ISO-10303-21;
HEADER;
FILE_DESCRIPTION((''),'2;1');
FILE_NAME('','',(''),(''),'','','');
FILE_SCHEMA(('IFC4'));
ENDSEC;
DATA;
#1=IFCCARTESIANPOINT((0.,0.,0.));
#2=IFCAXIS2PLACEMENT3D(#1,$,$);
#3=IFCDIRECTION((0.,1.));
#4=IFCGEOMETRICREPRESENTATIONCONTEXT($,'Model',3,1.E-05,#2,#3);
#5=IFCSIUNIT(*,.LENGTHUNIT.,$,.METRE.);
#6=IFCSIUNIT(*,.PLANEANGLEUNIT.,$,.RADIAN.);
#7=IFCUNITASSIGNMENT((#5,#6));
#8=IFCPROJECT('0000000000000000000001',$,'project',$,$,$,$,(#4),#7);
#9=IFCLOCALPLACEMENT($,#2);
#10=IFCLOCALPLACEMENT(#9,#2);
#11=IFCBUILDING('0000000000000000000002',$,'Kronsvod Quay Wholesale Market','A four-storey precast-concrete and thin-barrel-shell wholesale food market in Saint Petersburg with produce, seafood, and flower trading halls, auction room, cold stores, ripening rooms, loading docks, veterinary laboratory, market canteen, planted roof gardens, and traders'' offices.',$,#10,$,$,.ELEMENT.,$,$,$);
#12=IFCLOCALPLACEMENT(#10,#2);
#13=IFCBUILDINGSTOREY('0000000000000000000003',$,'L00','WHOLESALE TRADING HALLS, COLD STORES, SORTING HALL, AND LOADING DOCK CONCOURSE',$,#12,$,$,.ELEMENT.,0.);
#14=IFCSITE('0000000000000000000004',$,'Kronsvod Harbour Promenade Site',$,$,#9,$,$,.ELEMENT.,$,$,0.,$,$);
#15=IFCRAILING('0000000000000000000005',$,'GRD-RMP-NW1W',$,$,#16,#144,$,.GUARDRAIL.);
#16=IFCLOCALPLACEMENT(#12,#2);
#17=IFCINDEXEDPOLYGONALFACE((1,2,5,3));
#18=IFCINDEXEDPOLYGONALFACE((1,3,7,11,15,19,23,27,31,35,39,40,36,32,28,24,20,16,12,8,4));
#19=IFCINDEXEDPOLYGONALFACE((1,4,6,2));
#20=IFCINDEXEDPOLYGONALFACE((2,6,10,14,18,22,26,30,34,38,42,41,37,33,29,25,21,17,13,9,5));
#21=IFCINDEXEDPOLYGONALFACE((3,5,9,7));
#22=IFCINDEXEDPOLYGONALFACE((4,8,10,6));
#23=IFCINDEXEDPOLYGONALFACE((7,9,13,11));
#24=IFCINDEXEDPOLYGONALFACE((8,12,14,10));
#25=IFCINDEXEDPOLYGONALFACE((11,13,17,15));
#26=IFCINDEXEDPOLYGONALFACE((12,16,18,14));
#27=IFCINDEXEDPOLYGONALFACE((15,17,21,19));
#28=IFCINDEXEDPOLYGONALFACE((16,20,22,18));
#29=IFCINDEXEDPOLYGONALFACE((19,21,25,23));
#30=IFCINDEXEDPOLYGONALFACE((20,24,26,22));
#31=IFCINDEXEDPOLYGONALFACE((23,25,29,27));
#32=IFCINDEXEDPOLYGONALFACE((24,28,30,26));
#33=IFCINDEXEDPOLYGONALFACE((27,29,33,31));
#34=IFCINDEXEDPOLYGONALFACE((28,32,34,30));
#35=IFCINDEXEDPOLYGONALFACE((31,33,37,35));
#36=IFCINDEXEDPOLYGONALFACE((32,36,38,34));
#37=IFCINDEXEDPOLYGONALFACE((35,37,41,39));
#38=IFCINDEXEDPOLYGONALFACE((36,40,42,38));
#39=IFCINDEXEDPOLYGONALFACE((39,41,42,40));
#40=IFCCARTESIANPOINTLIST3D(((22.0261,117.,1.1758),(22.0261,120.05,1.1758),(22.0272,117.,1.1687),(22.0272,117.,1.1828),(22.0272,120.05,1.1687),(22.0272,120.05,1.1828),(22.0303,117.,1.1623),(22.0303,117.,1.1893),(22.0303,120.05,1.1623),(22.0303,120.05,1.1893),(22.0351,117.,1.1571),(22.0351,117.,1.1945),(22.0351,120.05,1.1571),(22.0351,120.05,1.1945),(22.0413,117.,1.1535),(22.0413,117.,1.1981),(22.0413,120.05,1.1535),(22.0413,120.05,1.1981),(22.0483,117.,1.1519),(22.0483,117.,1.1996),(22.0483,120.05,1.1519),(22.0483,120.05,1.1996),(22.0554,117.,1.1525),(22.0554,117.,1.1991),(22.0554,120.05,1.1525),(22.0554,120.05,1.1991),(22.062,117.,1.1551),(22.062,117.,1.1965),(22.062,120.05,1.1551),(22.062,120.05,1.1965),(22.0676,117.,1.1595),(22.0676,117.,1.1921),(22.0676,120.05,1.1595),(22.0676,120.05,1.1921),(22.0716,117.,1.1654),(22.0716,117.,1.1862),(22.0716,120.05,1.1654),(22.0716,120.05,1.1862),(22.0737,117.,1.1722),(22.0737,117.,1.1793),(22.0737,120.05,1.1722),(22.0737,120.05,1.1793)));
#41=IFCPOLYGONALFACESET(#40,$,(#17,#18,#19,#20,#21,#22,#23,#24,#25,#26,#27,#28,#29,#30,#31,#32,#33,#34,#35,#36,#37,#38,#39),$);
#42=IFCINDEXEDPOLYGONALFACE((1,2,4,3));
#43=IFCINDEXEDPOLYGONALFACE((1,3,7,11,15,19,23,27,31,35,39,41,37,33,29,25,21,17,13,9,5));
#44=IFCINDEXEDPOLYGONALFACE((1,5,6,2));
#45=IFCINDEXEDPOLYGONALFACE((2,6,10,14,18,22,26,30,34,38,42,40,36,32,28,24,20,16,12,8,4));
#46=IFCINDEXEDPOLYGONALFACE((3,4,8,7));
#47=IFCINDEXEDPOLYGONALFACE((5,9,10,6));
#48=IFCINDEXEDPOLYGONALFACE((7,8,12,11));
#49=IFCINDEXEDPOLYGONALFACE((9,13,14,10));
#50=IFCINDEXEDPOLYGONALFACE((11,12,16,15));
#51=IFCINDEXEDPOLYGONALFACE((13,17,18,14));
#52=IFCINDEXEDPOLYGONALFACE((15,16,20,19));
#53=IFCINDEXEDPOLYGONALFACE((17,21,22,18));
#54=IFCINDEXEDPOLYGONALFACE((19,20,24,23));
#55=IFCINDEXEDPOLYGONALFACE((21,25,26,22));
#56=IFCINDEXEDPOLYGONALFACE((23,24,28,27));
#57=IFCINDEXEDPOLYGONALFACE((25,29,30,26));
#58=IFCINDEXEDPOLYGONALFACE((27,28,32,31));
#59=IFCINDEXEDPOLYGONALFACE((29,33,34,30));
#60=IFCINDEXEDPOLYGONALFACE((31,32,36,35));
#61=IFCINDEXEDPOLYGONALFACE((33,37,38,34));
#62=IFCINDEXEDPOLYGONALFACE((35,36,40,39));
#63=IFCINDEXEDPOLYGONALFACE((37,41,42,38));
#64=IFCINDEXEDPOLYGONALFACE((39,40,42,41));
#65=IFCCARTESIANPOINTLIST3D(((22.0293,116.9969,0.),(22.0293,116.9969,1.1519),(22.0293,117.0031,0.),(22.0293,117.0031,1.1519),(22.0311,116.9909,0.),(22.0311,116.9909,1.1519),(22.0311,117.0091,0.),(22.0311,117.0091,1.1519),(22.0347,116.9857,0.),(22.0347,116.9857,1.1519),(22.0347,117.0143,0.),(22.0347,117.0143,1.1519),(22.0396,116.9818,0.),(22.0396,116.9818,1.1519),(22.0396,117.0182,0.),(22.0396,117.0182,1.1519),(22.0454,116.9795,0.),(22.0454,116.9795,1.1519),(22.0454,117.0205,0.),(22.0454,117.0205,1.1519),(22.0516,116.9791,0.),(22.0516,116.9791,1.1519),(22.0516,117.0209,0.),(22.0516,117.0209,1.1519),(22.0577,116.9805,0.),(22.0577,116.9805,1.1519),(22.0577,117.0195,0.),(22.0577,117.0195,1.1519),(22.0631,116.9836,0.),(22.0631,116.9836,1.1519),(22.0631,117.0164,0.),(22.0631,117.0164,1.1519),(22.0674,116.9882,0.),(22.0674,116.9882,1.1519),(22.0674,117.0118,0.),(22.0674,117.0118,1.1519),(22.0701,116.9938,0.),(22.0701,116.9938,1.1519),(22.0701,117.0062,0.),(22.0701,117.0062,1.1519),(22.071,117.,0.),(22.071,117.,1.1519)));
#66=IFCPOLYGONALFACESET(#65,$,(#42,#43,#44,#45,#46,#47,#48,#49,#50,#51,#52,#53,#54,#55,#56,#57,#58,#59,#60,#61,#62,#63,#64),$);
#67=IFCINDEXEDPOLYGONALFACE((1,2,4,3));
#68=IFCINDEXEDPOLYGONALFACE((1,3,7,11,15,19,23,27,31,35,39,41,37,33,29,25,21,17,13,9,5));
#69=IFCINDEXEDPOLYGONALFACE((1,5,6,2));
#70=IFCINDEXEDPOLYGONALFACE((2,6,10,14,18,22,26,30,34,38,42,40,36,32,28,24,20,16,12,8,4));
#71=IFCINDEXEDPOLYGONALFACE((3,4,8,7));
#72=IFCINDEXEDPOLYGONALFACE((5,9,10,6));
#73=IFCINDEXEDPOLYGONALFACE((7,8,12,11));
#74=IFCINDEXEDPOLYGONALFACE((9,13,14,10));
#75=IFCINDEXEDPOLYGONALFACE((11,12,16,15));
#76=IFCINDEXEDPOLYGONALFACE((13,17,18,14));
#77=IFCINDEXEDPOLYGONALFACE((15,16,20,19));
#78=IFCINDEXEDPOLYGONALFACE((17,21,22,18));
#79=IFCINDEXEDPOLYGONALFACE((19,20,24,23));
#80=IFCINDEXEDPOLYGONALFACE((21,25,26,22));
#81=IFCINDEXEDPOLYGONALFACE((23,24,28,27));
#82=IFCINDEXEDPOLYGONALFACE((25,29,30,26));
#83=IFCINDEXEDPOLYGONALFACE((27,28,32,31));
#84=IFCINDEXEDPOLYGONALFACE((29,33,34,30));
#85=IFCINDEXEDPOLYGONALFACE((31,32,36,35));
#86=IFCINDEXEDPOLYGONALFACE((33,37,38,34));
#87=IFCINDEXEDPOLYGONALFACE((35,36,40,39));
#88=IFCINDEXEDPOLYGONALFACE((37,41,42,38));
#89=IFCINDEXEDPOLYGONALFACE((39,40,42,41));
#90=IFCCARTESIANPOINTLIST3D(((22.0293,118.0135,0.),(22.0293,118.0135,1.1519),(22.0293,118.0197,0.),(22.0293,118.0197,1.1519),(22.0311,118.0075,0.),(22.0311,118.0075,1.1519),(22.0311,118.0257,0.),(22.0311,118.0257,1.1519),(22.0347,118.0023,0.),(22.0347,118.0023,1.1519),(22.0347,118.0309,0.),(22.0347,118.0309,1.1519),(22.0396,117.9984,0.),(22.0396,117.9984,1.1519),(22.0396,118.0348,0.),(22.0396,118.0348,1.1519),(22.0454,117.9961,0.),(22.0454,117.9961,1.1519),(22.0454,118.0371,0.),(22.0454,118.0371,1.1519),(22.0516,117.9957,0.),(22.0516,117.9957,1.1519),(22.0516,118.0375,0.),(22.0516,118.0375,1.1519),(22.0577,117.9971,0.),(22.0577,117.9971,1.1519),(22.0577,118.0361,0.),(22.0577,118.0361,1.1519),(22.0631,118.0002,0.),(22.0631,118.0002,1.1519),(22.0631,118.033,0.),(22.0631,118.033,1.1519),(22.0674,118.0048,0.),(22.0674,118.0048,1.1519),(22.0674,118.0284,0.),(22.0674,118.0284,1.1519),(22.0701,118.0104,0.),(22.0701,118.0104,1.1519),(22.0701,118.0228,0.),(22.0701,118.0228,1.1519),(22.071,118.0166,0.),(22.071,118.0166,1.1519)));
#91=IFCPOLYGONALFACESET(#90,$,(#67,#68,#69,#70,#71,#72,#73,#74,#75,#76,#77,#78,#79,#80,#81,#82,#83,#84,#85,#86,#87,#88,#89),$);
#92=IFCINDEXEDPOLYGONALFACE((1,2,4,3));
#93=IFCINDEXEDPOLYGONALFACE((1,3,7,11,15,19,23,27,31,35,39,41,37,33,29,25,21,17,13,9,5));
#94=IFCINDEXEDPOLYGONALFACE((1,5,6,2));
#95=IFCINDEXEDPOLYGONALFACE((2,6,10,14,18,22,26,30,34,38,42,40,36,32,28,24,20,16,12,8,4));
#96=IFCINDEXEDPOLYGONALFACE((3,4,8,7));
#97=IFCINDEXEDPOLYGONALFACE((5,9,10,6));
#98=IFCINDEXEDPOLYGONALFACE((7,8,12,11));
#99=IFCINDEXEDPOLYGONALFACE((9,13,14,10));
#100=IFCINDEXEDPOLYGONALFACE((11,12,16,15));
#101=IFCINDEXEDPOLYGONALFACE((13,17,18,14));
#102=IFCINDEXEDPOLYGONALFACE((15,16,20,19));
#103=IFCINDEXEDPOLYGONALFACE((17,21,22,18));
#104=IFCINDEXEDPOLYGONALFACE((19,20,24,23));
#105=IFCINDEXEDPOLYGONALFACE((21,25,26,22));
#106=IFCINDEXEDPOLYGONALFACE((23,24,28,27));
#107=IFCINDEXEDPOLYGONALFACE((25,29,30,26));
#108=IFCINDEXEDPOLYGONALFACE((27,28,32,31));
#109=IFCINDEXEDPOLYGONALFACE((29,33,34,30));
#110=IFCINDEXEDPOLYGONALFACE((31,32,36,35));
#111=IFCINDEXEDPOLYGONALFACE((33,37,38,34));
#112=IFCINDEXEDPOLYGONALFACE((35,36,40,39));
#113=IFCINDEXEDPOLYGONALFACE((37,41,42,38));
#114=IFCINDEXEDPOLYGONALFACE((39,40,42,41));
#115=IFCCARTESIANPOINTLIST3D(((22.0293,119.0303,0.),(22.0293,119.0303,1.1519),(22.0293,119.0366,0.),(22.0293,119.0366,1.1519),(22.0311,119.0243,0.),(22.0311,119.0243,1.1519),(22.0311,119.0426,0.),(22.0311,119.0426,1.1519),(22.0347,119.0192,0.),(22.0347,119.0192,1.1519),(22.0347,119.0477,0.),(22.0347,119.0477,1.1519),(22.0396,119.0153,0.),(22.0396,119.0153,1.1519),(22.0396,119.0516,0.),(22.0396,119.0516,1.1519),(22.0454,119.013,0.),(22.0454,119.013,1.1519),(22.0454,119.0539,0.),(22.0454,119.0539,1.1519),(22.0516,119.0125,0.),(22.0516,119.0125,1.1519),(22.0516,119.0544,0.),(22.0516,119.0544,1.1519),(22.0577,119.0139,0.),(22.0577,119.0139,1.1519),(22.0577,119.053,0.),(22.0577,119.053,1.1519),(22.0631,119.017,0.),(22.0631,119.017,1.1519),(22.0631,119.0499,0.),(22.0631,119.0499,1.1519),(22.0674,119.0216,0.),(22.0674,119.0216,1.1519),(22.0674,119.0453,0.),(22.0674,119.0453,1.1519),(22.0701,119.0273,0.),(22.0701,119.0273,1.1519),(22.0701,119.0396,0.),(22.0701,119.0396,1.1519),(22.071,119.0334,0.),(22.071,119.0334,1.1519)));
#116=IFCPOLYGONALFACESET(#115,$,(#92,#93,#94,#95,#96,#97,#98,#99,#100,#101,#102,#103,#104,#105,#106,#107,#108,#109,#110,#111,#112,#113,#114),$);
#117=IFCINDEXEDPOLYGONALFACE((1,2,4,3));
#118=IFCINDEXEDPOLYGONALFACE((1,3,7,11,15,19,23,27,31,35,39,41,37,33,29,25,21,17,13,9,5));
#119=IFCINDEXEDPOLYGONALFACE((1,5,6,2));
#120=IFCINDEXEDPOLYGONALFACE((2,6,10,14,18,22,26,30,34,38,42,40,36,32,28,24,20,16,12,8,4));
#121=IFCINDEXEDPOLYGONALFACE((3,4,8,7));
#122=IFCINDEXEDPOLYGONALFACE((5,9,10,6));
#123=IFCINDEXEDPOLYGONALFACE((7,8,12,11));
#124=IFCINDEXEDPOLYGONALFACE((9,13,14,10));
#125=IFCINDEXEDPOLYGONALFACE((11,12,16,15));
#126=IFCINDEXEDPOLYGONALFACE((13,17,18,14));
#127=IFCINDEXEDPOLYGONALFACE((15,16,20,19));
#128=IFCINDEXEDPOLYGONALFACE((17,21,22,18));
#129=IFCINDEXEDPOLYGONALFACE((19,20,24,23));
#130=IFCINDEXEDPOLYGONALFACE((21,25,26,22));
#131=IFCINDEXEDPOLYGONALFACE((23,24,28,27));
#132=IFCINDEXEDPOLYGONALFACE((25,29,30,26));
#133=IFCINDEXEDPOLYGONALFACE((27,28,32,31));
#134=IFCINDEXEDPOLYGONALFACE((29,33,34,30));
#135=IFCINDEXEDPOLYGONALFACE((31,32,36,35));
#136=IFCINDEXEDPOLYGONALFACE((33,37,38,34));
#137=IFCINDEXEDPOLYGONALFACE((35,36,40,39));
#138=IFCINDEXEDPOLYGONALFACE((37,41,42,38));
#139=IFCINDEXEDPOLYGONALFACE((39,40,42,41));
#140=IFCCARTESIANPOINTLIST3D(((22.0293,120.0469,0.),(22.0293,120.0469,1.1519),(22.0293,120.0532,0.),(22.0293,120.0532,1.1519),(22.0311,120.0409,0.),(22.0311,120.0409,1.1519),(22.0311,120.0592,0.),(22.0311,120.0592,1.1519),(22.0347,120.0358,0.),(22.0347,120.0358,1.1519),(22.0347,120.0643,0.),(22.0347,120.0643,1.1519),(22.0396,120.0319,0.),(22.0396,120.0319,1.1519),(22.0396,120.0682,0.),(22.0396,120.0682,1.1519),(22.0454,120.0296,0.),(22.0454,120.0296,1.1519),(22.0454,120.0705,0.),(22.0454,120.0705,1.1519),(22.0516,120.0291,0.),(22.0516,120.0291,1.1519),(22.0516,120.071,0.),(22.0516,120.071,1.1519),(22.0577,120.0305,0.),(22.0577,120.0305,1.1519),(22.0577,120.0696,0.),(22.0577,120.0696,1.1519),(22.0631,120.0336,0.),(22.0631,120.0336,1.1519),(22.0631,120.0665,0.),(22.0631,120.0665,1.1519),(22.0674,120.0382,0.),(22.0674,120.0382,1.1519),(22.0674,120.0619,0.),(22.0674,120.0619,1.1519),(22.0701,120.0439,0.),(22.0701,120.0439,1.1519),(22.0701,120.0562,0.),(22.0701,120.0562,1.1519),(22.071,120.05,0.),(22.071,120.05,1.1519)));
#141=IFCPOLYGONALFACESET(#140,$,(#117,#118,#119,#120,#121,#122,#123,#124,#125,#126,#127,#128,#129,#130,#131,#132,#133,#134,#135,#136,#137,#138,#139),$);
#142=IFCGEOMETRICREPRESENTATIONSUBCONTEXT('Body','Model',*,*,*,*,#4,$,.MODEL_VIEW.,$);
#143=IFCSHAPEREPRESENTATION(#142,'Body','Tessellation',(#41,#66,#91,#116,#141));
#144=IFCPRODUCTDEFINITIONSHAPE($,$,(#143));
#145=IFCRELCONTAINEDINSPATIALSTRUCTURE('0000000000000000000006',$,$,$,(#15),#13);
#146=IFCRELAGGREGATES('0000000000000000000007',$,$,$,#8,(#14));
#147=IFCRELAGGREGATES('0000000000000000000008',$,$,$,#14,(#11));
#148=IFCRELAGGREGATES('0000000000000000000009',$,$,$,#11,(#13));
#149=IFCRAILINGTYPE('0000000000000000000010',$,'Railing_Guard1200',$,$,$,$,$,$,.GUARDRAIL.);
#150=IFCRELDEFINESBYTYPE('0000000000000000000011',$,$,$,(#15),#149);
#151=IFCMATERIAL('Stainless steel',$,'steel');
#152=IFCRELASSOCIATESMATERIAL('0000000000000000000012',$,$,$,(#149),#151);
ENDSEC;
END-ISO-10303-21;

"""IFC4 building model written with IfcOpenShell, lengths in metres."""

from ifc_helpers import new_model, si_unit, direction, frame, origin, origin_2d, place, context, subcontext, project, spatial, circle, extrude, material, type_object, element, save


model = new_model("IFC4")

# Units and contexts
model_context = context("Model", 3, precision=1e-05, world=origin(), true_north=direction((0.0, 1.0)))
body_context = subcontext(model_context, "Body", "Model", "MODEL_VIEW")
ifc_project = project(units=[si_unit("LENGTHUNIT", "METRE"), si_unit("PLANEANGLEUNIT", "RADIAN")], contexts=[model_context])

# Site, building, storey
site_placement = place(None, origin())
site = spatial("IfcSite", under=ifc_project, at=site_placement, Name="Kronsvod Harbour Promenade Site", CompositionType="ELEMENT", RefElevation=0.0)
building_placement = place(site_placement, origin())
building = spatial("IfcBuilding", under=site, at=building_placement, Name="Kronsvod Quay Wholesale Market", Description="A four-storey precast-concrete and thin-barrel-shell wholesale food market in Saint Petersburg with produce, seafood, and flower trading halls, auction room, cold stores, ripening rooms, loading docks, veterinary laboratory, market canteen, planted roof gardens, and traders' offices.", CompositionType="ELEMENT")
storey_placement = place(building_placement, origin())
storey = spatial("IfcBuildingStorey", under=building, at=storey_placement, Name="L00", Description="WHOLESALE TRADING HALLS, COLD STORES, SORTING HALL, AND LOADING DOCK CONCOURSE", CompositionType="ELEMENT", Elevation=0.0)

# Railing
ifc_material_1 = material(Name="Stainless steel", Category="steel")
railing_type = type_object("IfcRailingType", Name="Railing_Guard1200", PredefinedType="GUARDRAIL", material=ifc_material_1)
railing_1_placement = place(storey_placement, frame((22.05, 117.0, 0.0)))
element("IfcRailing", 1, at=railing_1_placement, inside=storey, type_object=railing_type, Name="GRD-RMP-NW1W", PredefinedType="GUARDRAIL", context=body_context, shape_type="SweptSolid", body=[
    extrude(circle(Radius=0.0239, at=origin_2d()), frame((0.0, 0.0, 1.1758), z_axis=(0.0, 1.0, 0.0), x_axis=(-1.0, 0.0, 0.0)), (0.0, 0.0, 1.0), 3.05),
    extrude(circle(Radius=0.021, at=origin_2d()), origin(), (0.0, 0.0, 1.0), 1.1519),
    extrude(circle(Radius=0.021, at=origin_2d()), frame((0.0, 1.0166, 0.0)), (0.0, 0.0, 1.0), 1.1519),
    extrude(circle(Radius=0.021, at=origin_2d()), frame((0.0, 2.0334, 0.0)), (0.0, 0.0, 1.0), 1.1519),
    extrude(circle(Radius=0.021, at=origin_2d()), frame((0.0, 3.05, 0.0)), (0.0, 0.0, 1.0), 1.1519),
])

save(model, "model.ifc")
